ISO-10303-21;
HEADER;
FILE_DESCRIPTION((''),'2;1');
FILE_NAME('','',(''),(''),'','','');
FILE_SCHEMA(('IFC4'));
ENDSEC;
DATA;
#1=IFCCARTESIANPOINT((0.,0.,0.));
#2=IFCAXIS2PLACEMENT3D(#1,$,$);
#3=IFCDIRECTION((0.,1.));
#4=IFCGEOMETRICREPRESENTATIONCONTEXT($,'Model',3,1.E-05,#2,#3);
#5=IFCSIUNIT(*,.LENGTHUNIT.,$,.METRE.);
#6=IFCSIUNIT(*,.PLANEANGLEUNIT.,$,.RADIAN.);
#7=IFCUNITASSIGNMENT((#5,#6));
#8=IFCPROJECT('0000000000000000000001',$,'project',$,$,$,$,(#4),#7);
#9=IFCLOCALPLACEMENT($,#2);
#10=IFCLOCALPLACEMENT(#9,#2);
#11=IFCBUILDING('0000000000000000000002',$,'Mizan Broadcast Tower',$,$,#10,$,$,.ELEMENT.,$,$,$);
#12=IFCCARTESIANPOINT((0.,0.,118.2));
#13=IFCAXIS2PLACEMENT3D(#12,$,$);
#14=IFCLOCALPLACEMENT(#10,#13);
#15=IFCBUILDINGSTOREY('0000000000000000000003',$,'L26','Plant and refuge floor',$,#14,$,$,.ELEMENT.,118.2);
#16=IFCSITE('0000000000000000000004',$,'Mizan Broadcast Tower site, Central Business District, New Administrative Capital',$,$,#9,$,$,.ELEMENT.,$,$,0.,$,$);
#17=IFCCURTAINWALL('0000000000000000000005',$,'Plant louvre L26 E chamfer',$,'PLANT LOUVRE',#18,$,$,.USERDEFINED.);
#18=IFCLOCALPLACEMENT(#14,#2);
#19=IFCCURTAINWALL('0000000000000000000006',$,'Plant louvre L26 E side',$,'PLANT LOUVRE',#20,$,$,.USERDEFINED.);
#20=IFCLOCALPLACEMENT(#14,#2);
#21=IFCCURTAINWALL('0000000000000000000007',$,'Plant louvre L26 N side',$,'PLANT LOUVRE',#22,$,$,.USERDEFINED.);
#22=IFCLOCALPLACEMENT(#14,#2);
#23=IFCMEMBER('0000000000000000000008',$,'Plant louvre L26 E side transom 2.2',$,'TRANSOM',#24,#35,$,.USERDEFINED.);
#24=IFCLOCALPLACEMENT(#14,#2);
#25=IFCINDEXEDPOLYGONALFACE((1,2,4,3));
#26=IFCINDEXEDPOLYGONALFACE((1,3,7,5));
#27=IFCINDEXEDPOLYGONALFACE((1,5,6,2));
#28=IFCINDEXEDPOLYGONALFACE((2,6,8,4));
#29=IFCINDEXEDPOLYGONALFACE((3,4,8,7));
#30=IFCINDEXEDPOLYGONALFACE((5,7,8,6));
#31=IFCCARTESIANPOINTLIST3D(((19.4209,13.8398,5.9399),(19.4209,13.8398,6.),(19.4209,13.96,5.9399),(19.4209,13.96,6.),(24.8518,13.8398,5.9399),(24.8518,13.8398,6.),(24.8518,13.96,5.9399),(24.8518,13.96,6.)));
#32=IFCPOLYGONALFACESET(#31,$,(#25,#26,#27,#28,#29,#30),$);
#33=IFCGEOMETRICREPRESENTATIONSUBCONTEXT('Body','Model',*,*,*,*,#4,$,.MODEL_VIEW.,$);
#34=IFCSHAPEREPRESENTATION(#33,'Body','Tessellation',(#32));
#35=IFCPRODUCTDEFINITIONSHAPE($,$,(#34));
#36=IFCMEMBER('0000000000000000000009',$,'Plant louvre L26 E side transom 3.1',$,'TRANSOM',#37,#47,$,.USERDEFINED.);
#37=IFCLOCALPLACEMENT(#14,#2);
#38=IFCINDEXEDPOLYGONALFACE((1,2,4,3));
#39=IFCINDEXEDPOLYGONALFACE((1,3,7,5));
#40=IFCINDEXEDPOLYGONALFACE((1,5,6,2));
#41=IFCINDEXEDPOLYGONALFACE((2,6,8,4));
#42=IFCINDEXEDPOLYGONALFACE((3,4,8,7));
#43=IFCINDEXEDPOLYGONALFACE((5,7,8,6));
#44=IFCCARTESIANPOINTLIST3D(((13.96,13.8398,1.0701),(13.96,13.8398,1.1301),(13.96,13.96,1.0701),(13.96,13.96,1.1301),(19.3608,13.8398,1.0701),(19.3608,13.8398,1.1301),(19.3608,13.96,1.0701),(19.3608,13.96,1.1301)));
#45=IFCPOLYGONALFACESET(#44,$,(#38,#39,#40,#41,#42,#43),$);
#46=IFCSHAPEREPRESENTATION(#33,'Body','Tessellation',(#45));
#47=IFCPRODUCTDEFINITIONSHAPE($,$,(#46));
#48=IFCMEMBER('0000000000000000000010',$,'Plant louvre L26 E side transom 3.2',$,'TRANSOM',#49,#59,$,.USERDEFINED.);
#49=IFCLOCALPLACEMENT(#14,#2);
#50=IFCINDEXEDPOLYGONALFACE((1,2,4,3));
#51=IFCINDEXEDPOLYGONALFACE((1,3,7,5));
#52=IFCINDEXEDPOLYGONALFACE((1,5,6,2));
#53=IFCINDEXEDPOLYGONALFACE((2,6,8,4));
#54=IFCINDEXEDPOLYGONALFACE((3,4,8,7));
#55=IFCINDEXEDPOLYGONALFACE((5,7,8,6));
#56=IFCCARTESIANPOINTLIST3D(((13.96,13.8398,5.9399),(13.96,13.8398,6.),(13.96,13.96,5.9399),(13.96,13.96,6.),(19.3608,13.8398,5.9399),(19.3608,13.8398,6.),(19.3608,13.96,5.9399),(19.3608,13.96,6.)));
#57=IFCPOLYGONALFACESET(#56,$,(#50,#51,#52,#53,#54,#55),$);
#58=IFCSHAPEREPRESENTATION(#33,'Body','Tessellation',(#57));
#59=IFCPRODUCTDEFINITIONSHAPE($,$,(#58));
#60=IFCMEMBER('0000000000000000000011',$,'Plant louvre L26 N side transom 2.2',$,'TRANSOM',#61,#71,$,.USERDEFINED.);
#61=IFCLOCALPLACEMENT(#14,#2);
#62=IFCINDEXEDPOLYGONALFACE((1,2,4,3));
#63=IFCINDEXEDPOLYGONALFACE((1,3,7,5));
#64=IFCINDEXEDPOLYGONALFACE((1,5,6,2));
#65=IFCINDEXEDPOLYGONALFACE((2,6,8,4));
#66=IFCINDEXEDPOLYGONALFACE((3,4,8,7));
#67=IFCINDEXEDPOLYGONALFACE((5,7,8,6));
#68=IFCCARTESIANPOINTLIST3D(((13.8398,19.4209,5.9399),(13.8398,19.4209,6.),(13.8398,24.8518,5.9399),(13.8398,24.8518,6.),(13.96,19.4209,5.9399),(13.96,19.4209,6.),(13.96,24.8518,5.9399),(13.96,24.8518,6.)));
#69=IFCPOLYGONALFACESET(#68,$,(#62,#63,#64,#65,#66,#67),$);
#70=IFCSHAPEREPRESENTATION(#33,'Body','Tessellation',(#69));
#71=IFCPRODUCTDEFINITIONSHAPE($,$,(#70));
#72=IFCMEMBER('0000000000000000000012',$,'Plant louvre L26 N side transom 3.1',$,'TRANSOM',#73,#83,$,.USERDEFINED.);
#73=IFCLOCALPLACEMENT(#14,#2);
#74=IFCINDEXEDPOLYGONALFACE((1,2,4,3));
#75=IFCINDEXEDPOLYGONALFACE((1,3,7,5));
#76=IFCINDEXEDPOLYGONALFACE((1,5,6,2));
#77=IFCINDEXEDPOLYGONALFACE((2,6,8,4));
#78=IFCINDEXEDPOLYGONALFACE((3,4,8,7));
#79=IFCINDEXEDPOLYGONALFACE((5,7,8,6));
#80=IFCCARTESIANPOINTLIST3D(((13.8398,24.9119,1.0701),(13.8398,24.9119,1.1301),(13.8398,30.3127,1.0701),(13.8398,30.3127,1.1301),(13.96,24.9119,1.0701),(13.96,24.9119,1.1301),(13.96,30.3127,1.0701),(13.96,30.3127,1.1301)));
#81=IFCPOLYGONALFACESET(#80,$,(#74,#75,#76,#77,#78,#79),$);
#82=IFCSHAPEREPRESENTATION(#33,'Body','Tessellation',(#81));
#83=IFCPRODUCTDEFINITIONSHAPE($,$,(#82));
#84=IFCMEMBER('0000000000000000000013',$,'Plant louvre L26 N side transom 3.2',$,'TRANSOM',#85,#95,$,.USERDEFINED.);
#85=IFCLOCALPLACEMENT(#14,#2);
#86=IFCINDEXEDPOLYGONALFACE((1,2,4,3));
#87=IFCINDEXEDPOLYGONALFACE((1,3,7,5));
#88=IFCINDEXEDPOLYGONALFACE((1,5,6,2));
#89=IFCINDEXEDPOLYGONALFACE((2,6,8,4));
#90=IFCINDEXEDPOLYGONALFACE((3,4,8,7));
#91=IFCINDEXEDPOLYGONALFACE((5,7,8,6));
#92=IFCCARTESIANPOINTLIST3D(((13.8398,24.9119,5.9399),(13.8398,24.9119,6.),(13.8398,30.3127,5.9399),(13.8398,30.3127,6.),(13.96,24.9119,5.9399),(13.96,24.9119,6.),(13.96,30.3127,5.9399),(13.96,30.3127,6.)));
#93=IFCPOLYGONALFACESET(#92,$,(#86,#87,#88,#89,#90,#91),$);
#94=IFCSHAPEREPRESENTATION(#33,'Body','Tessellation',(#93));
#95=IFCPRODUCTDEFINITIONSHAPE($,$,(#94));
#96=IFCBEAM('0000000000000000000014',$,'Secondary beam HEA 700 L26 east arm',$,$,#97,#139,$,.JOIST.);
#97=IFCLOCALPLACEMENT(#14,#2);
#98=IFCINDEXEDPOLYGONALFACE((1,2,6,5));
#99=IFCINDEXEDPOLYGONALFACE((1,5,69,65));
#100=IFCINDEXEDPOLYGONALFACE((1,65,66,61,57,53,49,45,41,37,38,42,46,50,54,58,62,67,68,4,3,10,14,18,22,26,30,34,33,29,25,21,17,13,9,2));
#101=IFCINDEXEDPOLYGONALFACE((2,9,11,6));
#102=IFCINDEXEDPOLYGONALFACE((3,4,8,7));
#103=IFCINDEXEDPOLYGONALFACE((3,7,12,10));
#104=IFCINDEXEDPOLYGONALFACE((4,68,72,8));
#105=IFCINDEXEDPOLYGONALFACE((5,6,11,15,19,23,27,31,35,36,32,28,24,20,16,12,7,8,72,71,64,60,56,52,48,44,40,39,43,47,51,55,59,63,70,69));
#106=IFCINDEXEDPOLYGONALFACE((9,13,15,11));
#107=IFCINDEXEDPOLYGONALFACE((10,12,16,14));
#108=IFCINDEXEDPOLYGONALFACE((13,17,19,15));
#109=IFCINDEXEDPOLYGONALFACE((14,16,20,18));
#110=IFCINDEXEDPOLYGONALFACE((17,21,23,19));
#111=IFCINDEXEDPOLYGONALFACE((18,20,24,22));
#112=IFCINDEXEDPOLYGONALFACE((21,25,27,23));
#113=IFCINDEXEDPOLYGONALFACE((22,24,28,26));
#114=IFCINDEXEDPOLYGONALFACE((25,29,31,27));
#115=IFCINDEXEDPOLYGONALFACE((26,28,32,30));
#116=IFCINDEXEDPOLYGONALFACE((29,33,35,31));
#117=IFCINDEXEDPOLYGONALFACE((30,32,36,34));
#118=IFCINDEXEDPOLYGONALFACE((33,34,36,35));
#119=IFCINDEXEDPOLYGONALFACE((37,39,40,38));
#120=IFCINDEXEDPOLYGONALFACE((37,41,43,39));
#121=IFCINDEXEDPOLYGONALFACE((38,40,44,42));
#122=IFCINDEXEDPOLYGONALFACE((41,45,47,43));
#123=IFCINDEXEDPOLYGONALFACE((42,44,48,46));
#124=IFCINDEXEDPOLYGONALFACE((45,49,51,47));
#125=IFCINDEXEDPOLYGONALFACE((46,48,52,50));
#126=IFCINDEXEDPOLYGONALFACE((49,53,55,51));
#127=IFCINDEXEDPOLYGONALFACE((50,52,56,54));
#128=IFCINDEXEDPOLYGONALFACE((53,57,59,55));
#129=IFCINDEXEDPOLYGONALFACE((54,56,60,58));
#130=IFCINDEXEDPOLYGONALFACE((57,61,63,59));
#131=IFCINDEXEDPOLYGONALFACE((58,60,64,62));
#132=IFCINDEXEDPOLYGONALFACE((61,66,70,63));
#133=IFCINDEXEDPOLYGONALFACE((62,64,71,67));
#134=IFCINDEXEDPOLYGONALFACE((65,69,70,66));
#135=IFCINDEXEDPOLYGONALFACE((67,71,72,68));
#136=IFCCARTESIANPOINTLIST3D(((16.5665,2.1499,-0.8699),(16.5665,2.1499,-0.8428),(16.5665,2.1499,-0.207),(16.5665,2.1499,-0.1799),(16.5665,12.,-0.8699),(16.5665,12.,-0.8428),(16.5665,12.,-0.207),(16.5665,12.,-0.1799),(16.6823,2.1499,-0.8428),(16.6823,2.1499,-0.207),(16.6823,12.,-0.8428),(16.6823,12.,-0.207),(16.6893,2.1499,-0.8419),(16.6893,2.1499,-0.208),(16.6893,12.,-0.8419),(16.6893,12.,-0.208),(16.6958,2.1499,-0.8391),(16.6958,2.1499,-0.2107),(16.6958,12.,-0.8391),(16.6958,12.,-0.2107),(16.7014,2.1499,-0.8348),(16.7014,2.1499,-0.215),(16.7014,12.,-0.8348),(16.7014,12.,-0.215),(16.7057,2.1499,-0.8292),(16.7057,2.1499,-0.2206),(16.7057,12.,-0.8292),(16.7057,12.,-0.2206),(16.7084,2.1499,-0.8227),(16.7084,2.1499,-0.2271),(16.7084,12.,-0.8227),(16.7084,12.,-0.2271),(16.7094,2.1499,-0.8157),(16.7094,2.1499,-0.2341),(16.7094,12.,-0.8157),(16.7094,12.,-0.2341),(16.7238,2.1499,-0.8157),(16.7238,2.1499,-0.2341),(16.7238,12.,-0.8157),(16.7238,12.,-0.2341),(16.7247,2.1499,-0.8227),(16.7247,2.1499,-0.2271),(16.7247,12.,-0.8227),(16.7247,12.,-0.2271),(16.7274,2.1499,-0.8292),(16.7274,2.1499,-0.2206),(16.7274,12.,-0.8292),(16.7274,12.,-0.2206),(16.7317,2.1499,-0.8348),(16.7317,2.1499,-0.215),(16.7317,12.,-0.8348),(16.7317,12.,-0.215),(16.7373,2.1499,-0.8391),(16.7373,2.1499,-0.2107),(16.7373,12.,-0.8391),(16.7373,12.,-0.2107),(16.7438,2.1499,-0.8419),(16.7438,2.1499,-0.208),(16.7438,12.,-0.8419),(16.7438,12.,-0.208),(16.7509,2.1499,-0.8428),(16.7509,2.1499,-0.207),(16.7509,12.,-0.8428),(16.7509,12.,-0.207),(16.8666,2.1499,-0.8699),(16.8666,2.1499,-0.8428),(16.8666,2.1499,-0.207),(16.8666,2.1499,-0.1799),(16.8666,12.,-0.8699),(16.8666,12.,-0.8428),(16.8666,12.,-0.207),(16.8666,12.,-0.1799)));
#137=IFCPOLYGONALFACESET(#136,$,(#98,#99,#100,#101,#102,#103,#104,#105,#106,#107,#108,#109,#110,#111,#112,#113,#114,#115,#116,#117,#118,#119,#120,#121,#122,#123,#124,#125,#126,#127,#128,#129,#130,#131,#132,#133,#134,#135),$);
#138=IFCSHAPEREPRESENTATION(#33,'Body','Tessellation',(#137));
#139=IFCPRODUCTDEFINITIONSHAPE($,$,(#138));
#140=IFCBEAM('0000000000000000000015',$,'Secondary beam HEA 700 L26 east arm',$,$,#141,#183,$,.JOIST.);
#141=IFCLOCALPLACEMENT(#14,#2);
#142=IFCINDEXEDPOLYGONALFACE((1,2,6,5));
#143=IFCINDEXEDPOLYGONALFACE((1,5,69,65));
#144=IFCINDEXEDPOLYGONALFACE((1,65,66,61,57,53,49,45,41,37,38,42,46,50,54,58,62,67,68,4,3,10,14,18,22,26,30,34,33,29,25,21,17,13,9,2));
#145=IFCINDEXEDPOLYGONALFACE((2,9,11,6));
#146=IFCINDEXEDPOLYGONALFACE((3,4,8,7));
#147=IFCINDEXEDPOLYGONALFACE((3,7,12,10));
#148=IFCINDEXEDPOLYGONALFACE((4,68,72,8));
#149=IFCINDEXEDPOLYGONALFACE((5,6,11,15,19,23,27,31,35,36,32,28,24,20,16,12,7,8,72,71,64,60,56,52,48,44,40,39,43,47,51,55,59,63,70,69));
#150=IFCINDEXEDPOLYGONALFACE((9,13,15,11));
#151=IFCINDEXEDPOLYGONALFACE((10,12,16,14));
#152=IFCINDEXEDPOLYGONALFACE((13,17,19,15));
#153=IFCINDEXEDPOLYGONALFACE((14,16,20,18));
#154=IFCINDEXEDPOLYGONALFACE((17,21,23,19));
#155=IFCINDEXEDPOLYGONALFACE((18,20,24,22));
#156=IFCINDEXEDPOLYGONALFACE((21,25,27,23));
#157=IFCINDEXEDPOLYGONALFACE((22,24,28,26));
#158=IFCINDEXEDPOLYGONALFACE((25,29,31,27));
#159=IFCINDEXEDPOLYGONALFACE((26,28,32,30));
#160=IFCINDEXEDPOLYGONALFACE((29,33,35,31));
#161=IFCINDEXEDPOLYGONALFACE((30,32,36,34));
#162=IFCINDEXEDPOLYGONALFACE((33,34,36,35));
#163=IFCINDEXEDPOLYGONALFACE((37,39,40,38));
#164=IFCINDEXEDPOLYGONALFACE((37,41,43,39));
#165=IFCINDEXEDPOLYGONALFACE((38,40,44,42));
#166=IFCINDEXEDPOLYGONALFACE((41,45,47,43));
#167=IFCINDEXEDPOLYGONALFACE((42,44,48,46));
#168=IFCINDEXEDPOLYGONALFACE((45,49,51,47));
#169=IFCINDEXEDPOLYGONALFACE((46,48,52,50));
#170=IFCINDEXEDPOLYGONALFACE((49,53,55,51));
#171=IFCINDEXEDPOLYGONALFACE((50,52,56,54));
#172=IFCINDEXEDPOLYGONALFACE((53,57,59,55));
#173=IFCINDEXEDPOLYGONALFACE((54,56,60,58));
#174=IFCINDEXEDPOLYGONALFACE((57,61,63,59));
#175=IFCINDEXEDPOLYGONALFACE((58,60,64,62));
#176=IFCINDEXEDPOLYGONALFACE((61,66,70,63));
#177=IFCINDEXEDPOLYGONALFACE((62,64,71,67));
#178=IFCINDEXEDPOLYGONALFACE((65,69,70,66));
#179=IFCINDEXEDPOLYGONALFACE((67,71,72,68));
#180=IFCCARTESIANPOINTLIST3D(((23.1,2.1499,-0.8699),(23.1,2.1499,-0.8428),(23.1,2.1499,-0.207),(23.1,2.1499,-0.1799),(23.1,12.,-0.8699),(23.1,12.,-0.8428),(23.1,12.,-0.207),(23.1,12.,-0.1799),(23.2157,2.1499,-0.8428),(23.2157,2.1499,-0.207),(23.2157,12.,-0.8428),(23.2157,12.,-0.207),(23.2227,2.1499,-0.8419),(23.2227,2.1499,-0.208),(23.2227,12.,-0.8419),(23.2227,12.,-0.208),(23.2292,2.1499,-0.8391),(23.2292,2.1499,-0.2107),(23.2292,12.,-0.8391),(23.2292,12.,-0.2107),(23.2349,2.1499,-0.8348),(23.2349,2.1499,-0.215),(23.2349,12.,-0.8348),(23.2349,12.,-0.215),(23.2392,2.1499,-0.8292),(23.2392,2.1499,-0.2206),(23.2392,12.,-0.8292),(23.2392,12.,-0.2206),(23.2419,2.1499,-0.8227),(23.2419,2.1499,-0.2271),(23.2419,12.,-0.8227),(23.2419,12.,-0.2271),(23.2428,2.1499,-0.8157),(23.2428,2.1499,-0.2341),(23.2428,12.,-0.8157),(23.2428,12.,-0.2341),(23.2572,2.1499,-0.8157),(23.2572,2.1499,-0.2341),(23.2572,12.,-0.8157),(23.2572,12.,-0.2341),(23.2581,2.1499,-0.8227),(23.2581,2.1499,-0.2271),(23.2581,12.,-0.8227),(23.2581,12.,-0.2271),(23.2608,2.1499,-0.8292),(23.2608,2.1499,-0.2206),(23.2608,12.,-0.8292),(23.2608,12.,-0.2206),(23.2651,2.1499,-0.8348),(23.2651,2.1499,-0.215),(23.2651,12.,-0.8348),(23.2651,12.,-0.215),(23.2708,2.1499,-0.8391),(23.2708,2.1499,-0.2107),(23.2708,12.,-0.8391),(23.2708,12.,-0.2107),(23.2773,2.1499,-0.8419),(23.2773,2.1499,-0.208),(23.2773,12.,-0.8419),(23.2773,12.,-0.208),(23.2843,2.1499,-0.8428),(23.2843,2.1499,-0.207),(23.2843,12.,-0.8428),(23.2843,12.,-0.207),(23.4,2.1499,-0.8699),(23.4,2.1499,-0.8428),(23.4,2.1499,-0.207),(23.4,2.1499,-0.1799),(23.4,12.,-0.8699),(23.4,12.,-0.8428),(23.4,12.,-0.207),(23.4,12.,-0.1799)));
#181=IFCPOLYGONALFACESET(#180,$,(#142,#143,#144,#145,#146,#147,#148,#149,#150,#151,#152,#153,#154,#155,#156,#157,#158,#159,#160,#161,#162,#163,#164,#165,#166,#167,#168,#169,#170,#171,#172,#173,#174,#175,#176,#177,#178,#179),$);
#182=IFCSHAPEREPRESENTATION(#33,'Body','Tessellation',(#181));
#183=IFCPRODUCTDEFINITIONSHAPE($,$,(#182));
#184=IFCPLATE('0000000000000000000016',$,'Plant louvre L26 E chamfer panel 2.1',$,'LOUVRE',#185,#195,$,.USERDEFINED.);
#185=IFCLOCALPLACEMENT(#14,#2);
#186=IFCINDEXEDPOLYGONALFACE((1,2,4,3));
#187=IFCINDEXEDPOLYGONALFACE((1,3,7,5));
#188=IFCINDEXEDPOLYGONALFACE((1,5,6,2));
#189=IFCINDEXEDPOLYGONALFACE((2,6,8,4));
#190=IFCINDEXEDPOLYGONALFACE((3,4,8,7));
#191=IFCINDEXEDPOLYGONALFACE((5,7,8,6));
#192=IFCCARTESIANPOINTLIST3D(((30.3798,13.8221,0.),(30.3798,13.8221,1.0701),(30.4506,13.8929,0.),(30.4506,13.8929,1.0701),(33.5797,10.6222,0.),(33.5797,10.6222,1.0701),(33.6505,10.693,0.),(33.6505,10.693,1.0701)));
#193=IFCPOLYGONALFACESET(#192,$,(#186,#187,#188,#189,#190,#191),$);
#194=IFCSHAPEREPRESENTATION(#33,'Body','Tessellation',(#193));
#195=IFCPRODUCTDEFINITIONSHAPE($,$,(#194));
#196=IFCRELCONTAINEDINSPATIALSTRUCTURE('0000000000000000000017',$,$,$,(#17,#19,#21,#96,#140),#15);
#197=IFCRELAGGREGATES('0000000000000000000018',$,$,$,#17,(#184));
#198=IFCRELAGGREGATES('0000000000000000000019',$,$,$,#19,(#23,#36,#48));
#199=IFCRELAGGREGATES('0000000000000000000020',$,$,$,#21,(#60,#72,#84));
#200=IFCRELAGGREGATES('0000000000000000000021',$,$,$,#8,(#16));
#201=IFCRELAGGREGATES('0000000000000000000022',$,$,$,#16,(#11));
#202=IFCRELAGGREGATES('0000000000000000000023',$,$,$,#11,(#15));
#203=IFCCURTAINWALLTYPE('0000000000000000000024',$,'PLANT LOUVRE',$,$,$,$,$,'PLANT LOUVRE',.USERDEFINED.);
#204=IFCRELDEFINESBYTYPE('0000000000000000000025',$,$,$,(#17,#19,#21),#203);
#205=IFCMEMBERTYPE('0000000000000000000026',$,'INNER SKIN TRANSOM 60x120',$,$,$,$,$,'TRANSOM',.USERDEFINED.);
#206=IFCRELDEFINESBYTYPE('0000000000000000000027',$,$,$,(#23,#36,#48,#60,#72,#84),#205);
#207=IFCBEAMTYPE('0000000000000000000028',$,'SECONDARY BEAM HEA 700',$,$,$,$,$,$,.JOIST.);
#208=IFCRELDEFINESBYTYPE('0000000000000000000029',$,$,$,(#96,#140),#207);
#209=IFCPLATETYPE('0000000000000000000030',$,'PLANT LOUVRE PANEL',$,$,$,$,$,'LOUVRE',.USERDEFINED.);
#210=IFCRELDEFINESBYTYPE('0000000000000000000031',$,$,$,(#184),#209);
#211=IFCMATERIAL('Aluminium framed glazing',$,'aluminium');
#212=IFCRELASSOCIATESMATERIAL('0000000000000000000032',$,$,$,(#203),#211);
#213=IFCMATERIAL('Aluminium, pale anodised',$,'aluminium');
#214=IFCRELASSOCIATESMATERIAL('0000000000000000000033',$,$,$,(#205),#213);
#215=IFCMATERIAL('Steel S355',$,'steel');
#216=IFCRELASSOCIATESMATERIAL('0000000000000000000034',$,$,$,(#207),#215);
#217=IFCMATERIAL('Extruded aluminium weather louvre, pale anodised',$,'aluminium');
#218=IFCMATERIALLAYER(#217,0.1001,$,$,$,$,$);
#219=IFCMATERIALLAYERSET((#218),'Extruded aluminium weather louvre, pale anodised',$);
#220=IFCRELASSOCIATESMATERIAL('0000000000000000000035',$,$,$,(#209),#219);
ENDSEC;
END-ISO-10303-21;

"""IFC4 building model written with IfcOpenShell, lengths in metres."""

from ifc_helpers import new_model, si_unit, direction, frame, origin, origin_2d, place, context, subcontext, project, spatial, rectangle, i_section, extrude, material, layer, layer_set, material_profile, profile_set, type_object, element, aggregate, save


model = new_model("IFC4")

# Units and contexts
model_context = context("Model", 3, precision=1e-05, world=origin(), true_north=direction((0.0, 1.0)))
body_context = subcontext(model_context, "Body", "Model", "MODEL_VIEW")
ifc_project = project(units=[si_unit("LENGTHUNIT", "METRE"), si_unit("PLANEANGLEUNIT", "RADIAN")], contexts=[model_context])

# Site, building, storey
site_placement = place(None, origin())
site = spatial("IfcSite", under=ifc_project, at=site_placement, Name="Mizan Broadcast Tower site, Central Business District, New Administrative Capital", CompositionType="ELEMENT", RefElevation=0.0)
building_placement = place(site_placement, origin())
building = spatial("IfcBuilding", under=site, at=building_placement, Name="Mizan Broadcast Tower", CompositionType="ELEMENT")
storey_placement = place(building_placement, frame((0.0, 0.0, 118.2)))
storey = spatial("IfcBuildingStorey", under=building, at=storey_placement, Name="L26", Description="Plant and refuge floor", CompositionType="ELEMENT", Elevation=118.2)

# Curtain wall
ifc_material_1 = material(Name="Aluminium framed glazing", Category="aluminium")
curtain_wall_type = type_object("IfcCurtainWallType", Name="PLANT LOUVRE", ElementType="PLANT LOUVRE", PredefinedType="USERDEFINED", material=ifc_material_1)
curtain_wall_1_placement = place(storey_placement, origin())
curtain_wall_1 = element("IfcCurtainWall", 1, at=curtain_wall_1_placement, inside=storey, type_object=curtain_wall_type, Name="Plant louvre L26 E chamfer", ObjectType="PLANT LOUVRE", PredefinedType="USERDEFINED")

# Curtain walls
curtain_wall_2_placement = place(storey_placement, origin())
curtain_wall_2 = element("IfcCurtainWall", 2, at=curtain_wall_2_placement, inside=storey, type_object=curtain_wall_type, Name="Plant louvre L26 E side", ObjectType="PLANT LOUVRE", PredefinedType="USERDEFINED")
curtain_wall_3_placement = place(storey_placement, origin())
curtain_wall_3 = element("IfcCurtainWall", 3, at=curtain_wall_3_placement, inside=storey, type_object=curtain_wall_type, Name="Plant louvre L26 N side", ObjectType="PLANT LOUVRE", PredefinedType="USERDEFINED")

# Members
ifc_material_2 = material(Name="Aluminium, pale anodised", Category="aluminium")
ifc_material_profile_1 = material_profile(ifc_material_2, rectangle(XDim=0.1201, YDim=0.0601, at=origin_2d()), Name="TRANSOM 120x60")
ifc_profile_set_1 = profile_set([ifc_material_profile_1], Name="Aluminium, pale anodised")
member_type_1 = type_object("IfcMemberType", Name="INNER SKIN TRANSOM 60x120", ElementType="TRANSOM", PredefinedType="USERDEFINED", material=ifc_profile_set_1)
member_1_placement = place(storey_placement, frame((24.8518, 13.8999, 5.97), z_axis=(-1.0, 0.0, 0.0), x_axis=(0.0, -1.0, 0.0)))
member_1 = element("IfcMember", 4, at=member_1_placement, type_object=member_type_1, Name="Plant louvre L26 E side transom 2.2", ObjectType="TRANSOM", PredefinedType="USERDEFINED", context=body_context, shape_type="SweptSolid", body=[
    extrude(rectangle(XDim=0.1201, YDim=0.0601, at=origin_2d()), origin(), (0.0, 0.0, 1.0), 5.4309),
])
member_2_placement = place(storey_placement, frame((19.3608, 13.8999, 1.1001), z_axis=(-1.0, 0.0, 0.0), x_axis=(0.0, -1.0, 0.0)))
member_2 = element("IfcMember", 5, at=member_2_placement, type_object=member_type_1, Name="Plant louvre L26 E side transom 3.1", ObjectType="TRANSOM", PredefinedType="USERDEFINED", context=body_context, shape_type="SweptSolid", body=[
    extrude(rectangle(XDim=0.1201, YDim=0.0601, at=origin_2d()), origin(), (0.0, 0.0, 1.0), 5.4009),
])
member_3_placement = place(storey_placement, frame((19.3608, 13.8999, 5.97), z_axis=(-1.0, 0.0, 0.0), x_axis=(0.0, -1.0, 0.0)))
member_3 = element("IfcMember", 6, at=member_3_placement, type_object=member_type_1, Name="Plant louvre L26 E side transom 3.2", ObjectType="TRANSOM", PredefinedType="USERDEFINED", context=body_context, shape_type="SweptSolid", body=[
    extrude(rectangle(XDim=0.1201, YDim=0.0601, at=origin_2d()), origin(), (0.0, 0.0, 1.0), 5.4009),
])
member_4_placement = place(storey_placement, frame((13.8999, 19.4209, 5.97), z_axis=(0.0, 1.0, 0.0), x_axis=(-1.0, 0.0, 0.0)))
member_4 = element("IfcMember", 7, at=member_4_placement, type_object=member_type_1, Name="Plant louvre L26 N side transom 2.2", ObjectType="TRANSOM", PredefinedType="USERDEFINED", context=body_context, shape_type="SweptSolid", body=[
    extrude(rectangle(XDim=0.1201, YDim=0.0601, at=origin_2d()), origin(), (0.0, 0.0, 1.0), 5.4309),
])
member_5_placement = place(storey_placement, frame((13.8999, 24.9119, 1.1001), z_axis=(0.0, 1.0, 0.0), x_axis=(-1.0, 0.0, 0.0)))
member_5 = element("IfcMember", 8, at=member_5_placement, type_object=member_type_1, Name="Plant louvre L26 N side transom 3.1", ObjectType="TRANSOM", PredefinedType="USERDEFINED", context=body_context, shape_type="SweptSolid", body=[
    extrude(rectangle(XDim=0.1201, YDim=0.0601, at=origin_2d()), origin(), (0.0, 0.0, 1.0), 5.4009),
])
member_6_placement = place(storey_placement, frame((13.8999, 24.9119, 5.97), z_axis=(0.0, 1.0, 0.0), x_axis=(-1.0, 0.0, 0.0)))
member_6 = element("IfcMember", 9, at=member_6_placement, type_object=member_type_1, Name="Plant louvre L26 N side transom 3.2", ObjectType="TRANSOM", PredefinedType="USERDEFINED", context=body_context, shape_type="SweptSolid", body=[
    extrude(rectangle(XDim=0.1201, YDim=0.0601, at=origin_2d()), origin(), (0.0, 0.0, 1.0), 5.4009),
])

# Beams
ifc_material_3 = material(Name="Steel S355", Category="steel")
ifc_material_profile_2 = material_profile(ifc_material_3, i_section(OverallWidth=0.3, OverallDepth=0.6899, WebThickness=0.0144, FlangeThickness=0.0271, FilletRadius=0.0271, at=origin_2d()), Name="HEA 700")
ifc_profile_set_2 = profile_set([ifc_material_profile_2], Name="Steel S355")
beam_type_1 = type_object("IfcBeamType", Name="SECONDARY BEAM HEA 700", PredefinedType="JOIST", material=ifc_profile_set_2)
for number, where, z_axis, x_axis, name in (
    (10, (16.7166, 12.0, -0.5249), (0.0, -1.0, 0.0), (1.0, 0.0, 0.0), "Secondary beam HEA 700 L26 east arm"),
    (11, (23.25, 12.0, -0.5249), (0.0, -1.0, 0.0), (1.0, 0.0, 0.0), "Secondary beam HEA 700 L26 east arm"),
):
    element("IfcBeam", number, at=place(storey_placement, frame(where, z_axis=z_axis, x_axis=x_axis)), inside=storey, type_object=beam_type_1, Name=name, PredefinedType="JOIST", context=body_context, shape_type="SweptSolid", body=[
        extrude(i_section(OverallWidth=0.3, OverallDepth=0.6899, WebThickness=0.0144, FlangeThickness=0.0271, FilletRadius=0.0271, at=origin_2d()), origin(), (0.0, 0.0, 1.0), 9.8501),
    ])

# Plate
ifc_material_4 = material(Name="Extruded aluminium weather louvre, pale anodised", Category="aluminium")
ifc_layer = layer(ifc_material_4, 0.1001)
ifc_layer_set = layer_set([ifc_layer], Name="Extruded aluminium weather louvre, pale anodised")
plate_type = type_object("IfcPlateType", Name="PLANT LOUVRE PANEL", ElementType="LOUVRE", PredefinedType="USERDEFINED", material=ifc_layer_set)
plate_1_placement = place(storey_placement, frame((32.0151, 12.2576, 0.0), z_axis=(0.0, 0.0, 1.0), x_axis=(-0.707107, 0.707107, 0.0)))
plate_1 = element("IfcPlate", 12, at=plate_1_placement, type_object=plate_type, Name="Plant louvre L26 E chamfer panel 2.1", ObjectType="LOUVRE", PredefinedType="USERDEFINED", context=body_context, shape_type="SweptSolid", body=[
    extrude(rectangle(XDim=4.5254, YDim=0.1001, at=origin_2d()), origin(), (0.0, 0.0, 1.0), 1.0701),
])
aggregate(curtain_wall_1, [plate_1])
aggregate(curtain_wall_2, [member_1, member_2, member_3])
aggregate(curtain_wall_3, [member_4, member_5, member_6])

save(model, "model.ifc")
